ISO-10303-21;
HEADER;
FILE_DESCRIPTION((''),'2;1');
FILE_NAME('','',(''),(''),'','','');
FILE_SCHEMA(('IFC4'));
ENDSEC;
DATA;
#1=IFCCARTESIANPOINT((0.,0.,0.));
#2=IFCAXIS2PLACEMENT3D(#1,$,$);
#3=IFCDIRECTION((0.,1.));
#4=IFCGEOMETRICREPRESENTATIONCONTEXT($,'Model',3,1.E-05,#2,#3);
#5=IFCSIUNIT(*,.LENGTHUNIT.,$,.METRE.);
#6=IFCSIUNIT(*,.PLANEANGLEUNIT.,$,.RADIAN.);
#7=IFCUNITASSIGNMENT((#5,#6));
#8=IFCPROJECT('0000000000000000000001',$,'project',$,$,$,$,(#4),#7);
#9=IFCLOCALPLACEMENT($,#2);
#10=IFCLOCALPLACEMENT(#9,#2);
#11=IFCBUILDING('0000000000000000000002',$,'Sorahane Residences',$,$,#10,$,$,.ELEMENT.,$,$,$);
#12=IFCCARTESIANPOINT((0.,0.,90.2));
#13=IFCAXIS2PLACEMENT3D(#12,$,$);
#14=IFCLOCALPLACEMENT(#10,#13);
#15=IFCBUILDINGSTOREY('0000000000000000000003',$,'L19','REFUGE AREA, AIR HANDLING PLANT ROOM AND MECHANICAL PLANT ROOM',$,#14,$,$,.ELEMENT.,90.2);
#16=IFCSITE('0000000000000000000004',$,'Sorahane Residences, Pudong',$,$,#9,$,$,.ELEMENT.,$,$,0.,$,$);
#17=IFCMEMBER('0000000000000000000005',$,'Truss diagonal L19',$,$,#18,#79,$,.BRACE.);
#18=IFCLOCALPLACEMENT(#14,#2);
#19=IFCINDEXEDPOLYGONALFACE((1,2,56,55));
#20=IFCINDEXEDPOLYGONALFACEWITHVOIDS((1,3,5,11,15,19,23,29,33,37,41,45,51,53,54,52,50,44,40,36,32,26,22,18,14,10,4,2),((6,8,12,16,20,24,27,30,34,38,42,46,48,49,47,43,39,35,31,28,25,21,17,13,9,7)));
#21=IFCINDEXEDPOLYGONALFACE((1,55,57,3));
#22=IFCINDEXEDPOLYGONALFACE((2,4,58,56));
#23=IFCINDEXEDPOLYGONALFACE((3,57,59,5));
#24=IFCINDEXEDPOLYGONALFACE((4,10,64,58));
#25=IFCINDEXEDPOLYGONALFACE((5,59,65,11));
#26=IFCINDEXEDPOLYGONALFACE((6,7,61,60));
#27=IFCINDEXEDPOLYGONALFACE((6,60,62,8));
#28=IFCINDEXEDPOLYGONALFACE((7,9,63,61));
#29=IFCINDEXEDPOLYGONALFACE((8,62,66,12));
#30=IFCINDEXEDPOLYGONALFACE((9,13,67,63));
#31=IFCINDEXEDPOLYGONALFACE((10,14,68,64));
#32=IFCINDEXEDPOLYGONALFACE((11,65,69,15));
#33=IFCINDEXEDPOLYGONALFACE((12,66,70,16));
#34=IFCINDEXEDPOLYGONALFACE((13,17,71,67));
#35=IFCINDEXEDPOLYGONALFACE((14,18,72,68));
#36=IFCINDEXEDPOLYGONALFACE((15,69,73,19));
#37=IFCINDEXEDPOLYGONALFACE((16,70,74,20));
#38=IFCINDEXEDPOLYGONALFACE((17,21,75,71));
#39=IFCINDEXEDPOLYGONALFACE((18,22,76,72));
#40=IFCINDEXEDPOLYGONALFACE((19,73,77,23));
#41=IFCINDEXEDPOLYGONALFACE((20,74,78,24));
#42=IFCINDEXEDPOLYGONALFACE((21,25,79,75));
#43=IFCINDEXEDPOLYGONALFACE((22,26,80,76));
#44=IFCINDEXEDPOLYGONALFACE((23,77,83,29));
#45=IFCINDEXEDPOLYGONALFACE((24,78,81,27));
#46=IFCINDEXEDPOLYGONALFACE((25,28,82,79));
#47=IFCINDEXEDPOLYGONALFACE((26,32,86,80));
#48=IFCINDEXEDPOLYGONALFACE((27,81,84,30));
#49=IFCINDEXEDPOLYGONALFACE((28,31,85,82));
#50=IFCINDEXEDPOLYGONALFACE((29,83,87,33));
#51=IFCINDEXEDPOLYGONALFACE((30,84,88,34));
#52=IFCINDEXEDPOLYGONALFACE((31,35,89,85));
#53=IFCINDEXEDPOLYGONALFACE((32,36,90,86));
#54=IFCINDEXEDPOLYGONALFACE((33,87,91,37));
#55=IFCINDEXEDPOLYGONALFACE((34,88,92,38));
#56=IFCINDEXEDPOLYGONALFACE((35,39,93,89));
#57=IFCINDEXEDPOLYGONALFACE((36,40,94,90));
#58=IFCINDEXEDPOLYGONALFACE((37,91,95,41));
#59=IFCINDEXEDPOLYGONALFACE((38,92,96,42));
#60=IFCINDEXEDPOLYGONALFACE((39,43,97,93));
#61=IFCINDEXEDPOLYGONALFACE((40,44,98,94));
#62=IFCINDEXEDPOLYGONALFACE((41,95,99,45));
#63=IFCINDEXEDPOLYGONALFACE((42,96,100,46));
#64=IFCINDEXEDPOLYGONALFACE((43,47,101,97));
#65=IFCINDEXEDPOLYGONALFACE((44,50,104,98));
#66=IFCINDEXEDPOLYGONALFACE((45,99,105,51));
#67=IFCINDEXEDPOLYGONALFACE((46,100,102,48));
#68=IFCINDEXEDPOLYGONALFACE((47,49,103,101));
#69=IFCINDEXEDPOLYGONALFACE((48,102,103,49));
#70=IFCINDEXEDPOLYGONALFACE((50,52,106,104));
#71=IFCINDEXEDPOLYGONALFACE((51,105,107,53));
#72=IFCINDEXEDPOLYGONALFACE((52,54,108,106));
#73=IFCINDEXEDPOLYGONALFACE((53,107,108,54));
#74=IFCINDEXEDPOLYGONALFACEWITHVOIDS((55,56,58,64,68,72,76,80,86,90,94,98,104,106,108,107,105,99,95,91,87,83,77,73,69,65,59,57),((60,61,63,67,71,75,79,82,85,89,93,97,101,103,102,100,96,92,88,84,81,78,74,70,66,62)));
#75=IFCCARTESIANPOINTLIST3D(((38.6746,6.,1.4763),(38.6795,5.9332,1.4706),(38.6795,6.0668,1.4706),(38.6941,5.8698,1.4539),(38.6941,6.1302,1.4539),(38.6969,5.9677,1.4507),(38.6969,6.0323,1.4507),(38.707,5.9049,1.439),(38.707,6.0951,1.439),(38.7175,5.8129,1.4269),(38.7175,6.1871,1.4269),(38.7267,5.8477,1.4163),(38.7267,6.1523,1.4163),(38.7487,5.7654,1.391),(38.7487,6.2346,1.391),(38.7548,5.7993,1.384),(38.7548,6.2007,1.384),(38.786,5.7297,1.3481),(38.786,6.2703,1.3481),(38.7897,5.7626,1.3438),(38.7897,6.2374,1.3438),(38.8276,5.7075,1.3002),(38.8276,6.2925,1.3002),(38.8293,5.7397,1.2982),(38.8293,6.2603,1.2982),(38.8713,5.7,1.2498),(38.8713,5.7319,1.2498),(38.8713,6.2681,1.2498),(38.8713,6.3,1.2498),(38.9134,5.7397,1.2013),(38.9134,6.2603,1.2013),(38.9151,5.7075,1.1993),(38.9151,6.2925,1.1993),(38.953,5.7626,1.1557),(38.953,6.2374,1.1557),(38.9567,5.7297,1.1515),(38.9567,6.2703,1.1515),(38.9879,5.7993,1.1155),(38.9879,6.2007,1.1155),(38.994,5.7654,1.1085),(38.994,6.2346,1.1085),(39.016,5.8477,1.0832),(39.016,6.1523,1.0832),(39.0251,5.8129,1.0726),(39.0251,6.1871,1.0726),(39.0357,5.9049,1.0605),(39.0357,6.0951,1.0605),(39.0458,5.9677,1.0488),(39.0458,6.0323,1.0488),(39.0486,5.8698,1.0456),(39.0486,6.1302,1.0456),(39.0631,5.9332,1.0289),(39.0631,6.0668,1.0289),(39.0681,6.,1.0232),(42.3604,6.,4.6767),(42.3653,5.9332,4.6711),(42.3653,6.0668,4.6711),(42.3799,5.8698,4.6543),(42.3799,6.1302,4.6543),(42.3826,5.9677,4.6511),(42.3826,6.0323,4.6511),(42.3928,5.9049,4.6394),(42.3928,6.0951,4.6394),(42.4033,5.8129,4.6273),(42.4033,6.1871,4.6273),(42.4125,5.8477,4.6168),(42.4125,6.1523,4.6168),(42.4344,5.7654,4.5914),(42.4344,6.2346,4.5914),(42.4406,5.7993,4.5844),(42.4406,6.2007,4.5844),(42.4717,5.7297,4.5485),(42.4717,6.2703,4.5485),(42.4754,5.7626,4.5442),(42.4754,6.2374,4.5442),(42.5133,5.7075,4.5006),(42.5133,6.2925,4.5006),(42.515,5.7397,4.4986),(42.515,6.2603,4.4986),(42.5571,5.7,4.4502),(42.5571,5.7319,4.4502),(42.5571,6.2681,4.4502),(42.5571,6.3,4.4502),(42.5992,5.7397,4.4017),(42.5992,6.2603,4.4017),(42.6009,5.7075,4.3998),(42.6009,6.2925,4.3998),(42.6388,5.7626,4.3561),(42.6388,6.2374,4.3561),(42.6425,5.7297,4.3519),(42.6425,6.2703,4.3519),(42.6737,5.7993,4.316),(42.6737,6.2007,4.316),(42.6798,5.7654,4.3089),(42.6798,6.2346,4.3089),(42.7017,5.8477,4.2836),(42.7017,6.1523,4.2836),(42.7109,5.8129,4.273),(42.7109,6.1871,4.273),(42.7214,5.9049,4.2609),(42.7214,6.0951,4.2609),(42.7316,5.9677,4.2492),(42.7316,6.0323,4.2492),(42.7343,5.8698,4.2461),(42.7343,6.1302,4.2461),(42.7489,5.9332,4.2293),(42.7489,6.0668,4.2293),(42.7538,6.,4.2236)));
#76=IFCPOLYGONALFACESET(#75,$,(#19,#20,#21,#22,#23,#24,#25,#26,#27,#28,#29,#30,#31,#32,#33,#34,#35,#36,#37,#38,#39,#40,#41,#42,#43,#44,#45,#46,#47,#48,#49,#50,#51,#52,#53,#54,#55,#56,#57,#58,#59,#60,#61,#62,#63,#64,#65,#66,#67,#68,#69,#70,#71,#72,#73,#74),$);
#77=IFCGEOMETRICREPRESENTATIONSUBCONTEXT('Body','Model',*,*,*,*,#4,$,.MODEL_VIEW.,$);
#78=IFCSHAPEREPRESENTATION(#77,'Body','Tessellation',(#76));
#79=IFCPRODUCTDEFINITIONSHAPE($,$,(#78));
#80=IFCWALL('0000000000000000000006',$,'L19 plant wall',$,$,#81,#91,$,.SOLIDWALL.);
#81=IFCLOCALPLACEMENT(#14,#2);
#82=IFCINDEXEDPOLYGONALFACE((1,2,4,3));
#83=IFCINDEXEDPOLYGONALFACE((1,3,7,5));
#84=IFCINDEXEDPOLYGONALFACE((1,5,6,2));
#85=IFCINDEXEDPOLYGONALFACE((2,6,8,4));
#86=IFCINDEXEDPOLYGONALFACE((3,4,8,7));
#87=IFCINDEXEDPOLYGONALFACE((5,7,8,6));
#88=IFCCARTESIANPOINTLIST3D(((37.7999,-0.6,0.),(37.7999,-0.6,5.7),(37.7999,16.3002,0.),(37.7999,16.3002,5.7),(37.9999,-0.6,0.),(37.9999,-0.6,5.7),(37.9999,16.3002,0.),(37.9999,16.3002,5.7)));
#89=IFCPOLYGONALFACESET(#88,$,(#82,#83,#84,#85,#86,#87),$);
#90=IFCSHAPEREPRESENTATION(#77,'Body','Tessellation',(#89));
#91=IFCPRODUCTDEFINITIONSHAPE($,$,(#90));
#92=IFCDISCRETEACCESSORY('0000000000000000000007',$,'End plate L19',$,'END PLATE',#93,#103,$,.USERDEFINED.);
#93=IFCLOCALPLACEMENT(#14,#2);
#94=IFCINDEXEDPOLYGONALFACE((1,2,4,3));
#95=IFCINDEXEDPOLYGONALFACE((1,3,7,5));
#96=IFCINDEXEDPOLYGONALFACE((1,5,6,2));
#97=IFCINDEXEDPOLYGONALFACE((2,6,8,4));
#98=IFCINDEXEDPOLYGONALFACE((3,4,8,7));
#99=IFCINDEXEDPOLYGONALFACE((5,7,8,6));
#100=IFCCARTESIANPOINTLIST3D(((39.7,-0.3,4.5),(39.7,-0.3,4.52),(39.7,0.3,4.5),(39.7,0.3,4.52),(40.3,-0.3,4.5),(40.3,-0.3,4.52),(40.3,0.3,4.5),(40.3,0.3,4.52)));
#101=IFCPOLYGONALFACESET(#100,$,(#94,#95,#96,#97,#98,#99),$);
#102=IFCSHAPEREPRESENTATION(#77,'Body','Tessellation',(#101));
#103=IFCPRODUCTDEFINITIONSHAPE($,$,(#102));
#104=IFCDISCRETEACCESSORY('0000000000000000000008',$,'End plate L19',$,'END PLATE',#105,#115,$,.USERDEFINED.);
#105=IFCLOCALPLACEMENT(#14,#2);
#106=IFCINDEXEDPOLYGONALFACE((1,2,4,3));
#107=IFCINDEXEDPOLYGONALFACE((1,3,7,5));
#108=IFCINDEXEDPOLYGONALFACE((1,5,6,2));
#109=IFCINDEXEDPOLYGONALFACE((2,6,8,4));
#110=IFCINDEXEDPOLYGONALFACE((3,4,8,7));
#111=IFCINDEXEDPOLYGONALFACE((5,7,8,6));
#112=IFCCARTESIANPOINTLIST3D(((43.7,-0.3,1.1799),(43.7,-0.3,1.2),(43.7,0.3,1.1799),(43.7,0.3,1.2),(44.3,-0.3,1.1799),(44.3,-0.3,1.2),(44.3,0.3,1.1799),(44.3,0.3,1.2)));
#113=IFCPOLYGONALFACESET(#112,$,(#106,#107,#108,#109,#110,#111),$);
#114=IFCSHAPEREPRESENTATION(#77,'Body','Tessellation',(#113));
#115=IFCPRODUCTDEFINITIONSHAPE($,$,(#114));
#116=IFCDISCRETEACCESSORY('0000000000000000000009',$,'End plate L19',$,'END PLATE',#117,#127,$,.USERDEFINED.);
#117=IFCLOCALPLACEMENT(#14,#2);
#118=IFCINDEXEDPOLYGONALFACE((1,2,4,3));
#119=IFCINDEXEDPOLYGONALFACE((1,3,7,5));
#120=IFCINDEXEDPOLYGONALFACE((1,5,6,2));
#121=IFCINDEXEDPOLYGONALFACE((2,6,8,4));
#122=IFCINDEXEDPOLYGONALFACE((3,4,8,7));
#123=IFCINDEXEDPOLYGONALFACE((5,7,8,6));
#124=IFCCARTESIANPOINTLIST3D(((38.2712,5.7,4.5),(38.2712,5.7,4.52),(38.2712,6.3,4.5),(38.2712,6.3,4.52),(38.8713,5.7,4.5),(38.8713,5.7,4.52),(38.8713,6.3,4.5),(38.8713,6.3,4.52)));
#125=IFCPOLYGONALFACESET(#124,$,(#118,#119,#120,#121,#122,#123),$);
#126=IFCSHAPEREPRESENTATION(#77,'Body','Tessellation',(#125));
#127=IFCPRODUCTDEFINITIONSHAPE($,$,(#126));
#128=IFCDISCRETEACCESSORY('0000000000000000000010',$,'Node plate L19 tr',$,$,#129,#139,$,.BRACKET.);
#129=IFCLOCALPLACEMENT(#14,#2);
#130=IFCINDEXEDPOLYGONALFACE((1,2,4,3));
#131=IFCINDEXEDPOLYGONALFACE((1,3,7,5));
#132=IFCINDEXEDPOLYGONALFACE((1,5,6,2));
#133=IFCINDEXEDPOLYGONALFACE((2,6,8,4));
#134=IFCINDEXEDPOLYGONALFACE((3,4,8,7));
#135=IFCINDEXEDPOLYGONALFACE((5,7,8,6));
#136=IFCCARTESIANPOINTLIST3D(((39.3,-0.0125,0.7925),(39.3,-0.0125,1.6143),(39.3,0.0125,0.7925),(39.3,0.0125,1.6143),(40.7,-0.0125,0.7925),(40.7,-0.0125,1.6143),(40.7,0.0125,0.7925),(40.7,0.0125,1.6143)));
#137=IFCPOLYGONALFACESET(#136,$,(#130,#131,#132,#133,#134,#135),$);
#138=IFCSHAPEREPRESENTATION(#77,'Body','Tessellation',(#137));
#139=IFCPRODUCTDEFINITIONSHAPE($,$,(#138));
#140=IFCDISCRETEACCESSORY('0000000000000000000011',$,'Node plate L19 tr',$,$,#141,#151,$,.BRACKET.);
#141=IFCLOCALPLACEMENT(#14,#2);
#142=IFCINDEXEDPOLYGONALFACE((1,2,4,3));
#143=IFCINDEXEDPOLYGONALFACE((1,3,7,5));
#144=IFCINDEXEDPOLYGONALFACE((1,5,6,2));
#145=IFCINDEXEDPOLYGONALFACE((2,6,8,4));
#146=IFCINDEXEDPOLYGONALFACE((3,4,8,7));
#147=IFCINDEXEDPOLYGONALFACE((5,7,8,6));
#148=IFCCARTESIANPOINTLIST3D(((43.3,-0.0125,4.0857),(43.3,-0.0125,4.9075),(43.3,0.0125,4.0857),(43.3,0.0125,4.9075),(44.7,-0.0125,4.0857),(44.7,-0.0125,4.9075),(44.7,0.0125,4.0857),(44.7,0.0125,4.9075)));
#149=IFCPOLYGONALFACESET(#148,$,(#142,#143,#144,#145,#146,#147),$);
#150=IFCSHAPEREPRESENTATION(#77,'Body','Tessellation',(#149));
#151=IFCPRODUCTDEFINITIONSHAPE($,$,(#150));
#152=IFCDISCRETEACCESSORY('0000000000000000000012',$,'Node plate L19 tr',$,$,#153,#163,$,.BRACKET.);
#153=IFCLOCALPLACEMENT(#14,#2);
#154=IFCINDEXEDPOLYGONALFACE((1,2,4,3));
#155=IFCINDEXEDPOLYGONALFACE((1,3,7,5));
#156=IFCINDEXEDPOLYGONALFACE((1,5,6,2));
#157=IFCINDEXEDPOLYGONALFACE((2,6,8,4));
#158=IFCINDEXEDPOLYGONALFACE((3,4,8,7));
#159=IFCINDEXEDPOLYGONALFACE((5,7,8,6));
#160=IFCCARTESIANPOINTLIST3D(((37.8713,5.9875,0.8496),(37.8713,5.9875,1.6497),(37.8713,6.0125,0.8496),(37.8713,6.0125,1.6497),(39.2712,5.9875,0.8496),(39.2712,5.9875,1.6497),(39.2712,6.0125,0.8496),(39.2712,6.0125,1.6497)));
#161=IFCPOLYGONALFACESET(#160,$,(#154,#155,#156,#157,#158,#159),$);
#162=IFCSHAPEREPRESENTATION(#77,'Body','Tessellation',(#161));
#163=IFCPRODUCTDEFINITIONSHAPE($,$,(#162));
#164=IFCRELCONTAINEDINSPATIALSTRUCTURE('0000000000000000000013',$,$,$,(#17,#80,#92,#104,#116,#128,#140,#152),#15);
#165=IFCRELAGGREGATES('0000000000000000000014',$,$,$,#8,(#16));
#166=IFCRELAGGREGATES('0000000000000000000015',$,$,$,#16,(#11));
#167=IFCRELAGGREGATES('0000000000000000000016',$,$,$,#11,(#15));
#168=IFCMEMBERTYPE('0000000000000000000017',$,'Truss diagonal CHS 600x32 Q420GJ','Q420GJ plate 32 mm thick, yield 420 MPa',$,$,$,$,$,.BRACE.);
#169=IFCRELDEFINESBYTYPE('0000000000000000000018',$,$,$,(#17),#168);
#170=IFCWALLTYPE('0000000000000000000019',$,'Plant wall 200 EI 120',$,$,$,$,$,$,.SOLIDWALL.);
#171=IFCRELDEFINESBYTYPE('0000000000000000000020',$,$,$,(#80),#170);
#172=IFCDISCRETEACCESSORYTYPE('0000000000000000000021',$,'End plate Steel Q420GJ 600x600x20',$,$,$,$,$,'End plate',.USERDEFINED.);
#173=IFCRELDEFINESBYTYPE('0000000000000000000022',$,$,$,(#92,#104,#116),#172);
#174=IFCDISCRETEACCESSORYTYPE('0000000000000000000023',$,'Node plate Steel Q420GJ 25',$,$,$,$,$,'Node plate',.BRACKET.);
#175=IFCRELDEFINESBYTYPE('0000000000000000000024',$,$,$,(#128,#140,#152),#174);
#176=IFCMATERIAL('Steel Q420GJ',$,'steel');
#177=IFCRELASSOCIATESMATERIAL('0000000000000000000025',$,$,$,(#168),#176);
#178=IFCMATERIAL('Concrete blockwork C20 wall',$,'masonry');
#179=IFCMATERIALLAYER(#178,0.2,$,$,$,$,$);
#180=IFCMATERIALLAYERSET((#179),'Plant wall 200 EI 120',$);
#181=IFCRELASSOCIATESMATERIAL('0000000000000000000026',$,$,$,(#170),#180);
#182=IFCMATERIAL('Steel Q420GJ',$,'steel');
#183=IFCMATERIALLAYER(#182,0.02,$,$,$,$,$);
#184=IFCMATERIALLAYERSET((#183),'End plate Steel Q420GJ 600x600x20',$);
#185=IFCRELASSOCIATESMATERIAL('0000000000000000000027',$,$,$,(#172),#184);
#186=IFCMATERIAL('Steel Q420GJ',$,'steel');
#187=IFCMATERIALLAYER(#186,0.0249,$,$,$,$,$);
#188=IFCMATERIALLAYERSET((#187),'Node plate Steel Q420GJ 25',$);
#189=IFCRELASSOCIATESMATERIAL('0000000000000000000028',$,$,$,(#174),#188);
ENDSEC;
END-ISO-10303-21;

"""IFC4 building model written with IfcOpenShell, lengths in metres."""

from ifc_helpers import new_model, si_unit, direction, frame, frame_2d, origin, origin_2d, place, context, subcontext, project, spatial, rectangle, hollow_circle, extrude, material, layer, layer_set, material_profile, profile_set, type_object, element, save


model = new_model("IFC4")

# Units and contexts
model_context = context("Model", 3, precision=1e-05, world=origin(), true_north=direction((0.0, 1.0)))
body_context = subcontext(model_context, "Body", "Model", "MODEL_VIEW")
ifc_project = project(units=[si_unit("LENGTHUNIT", "METRE"), si_unit("PLANEANGLEUNIT", "RADIAN")], contexts=[model_context])

# Site, building, storey
site_placement = place(None, origin())
site = spatial("IfcSite", under=ifc_project, at=site_placement, Name="Sorahane Residences, Pudong", CompositionType="ELEMENT", RefElevation=0.0)
building_placement = place(site_placement, origin())
building = spatial("IfcBuilding", under=site, at=building_placement, Name="Sorahane Residences", CompositionType="ELEMENT")
storey_placement = place(building_placement, frame((0.0, 0.0, 90.2)))
storey = spatial("IfcBuildingStorey", under=building, at=storey_placement, Name="L19", Description="REFUGE AREA, AIR HANDLING PLANT ROOM AND MECHANICAL PLANT ROOM", CompositionType="ELEMENT", Elevation=90.2)

# Member
ifc_material_1 = material(Name="Steel Q420GJ", Category="steel")
ifc_material_profile_1 = material_profile(ifc_material_1, hollow_circle(Radius=0.3, WallThickness=0.032, at=origin_2d()), Name="CHS 600x32")
ifc_profile_set_1 = profile_set([ifc_material_profile_1], Name="Steel Q420GJ")
member_type = type_object("IfcMemberType", Name="Truss diagonal CHS 600x32 Q420GJ", Description="Q420GJ plate 32 mm thick, yield 420 MPa", PredefinedType="BRACE", material=ifc_profile_set_1)
member_1_placement = place(storey_placement, frame((38.8713, 6.0, 1.2498), z_axis=(0.755072, 0.0, 0.655642), x_axis=(0.0, 1.0, 0.0)))
element("IfcMember", 1, at=member_1_placement, inside=storey, type_object=member_type, Name="Truss diagonal L19", PredefinedType="BRACE", context=body_context, shape_type="SweptSolid", body=[
    extrude(hollow_circle(Radius=0.3, WallThickness=0.032, at=origin_2d()), origin(), (0.0, 0.0, 1.0), 4.8813),
])

# Wall
ifc_material_2 = material(Name="Concrete blockwork C20 wall", Category="masonry")
ifc_layer_1 = layer(ifc_material_2, 0.2)
ifc_layer_set_1 = layer_set([ifc_layer_1], Name="Plant wall 200 EI 120")
wall_type = type_object("IfcWallType", Name="Plant wall 200 EI 120", PredefinedType="SOLIDWALL", material=ifc_layer_set_1)
wall_placement = place(storey_placement, frame((37.8999, -0.6001, 0.0), z_axis=(0.0, 0.0, 1.0), x_axis=(0.0, 1.0, 0.0)))
element("IfcWall", 2, at=wall_placement, inside=storey, type_object=wall_type, Name="L19 plant wall", PredefinedType="SOLIDWALL", context=body_context, shape_type="SweptSolid", body=[
    extrude(rectangle(XDim=16.9001, YDim=0.2, at=frame_2d((8.4502, 0.0))), origin(), (0.0, 0.0, 1.0), 5.7),
])

# Discrete accessories
ifc_material_3 = material(Name="Steel Q420GJ", Category="steel")
ifc_layer_2 = layer(ifc_material_3, 0.02)
ifc_layer_set_2 = layer_set([ifc_layer_2], Name="End plate Steel Q420GJ 600x600x20")
discrete_accessory_type_1 = type_object("IfcDiscreteAccessoryType", Name="End plate Steel Q420GJ 600x600x20", ElementType="End plate", PredefinedType="USERDEFINED", material=ifc_layer_set_2)
for number, where, z_axis, x_axis, name in (
    (3, (40.0, 0.0, 4.5), (0.0, 0.0, 1.0), (1.0, 0.0, 0.0), "End plate L19"),
    (4, (44.0, 0.0, 1.1799), (0.0, 0.0, 1.0), (1.0, 0.0, 0.0), "End plate L19"),
    (5, (38.5713, 6.0, 4.5), (0.0, 0.0, 1.0), (1.0, 0.0, 0.0), "End plate L19"),
):
    element("IfcDiscreteAccessory", number, at=place(storey_placement, frame(where, z_axis=z_axis, x_axis=x_axis)), inside=storey, type_object=discrete_accessory_type_1, Name=name, ObjectType="END PLATE", PredefinedType="USERDEFINED", context=body_context, shape_type="SweptSolid", body=[
        extrude(rectangle(XDim=0.6001, YDim=0.6001, at=origin_2d()), origin(), (0.0, 0.0, 1.0), 0.02),
    ])
ifc_material_4 = material(Name="Steel Q420GJ", Category="steel")
ifc_layer_3 = layer(ifc_material_4, 0.0249)
ifc_layer_set_3 = layer_set([ifc_layer_3], Name="Node plate Steel Q420GJ 25")
discrete_accessory_type_2 = type_object("IfcDiscreteAccessoryType", Name="Node plate Steel Q420GJ 25", ElementType="Node plate", PredefinedType="BRACKET", material=ifc_layer_set_3)
for number, where, z_axis, x_axis, name in (
    (6, (40.0, 0.0, 0.7925), (0.0, 0.0, 1.0), (1.0, 0.0, 0.0), "Node plate L19 tr"),
    (7, (44.0, 0.0, 4.0857), (0.0, 0.0, 1.0), (1.0, 0.0, 0.0), "Node plate L19 tr"),
):
    element("IfcDiscreteAccessory", number, at=place(storey_placement, frame(where, z_axis=z_axis, x_axis=x_axis)), inside=storey, type_object=discrete_accessory_type_2, Name=name, PredefinedType="BRACKET", context=body_context, shape_type="SweptSolid", body=[
        extrude(rectangle(XDim=1.3999, YDim=0.0249, at=origin_2d()), origin(), (0.0, 0.0, 1.0), 0.8218),
    ])
discrete_accessory_placement = place(storey_placement, frame((38.5713, 6.0, 0.8496), z_axis=(0.0, 0.0, 1.0), x_axis=(1.0, 0.0, 0.0)))
element("IfcDiscreteAccessory", 8, at=discrete_accessory_placement, inside=storey, type_object=discrete_accessory_type_2, Name="Node plate L19 tr", PredefinedType="BRACKET", context=body_context, shape_type="SweptSolid", body=[
    extrude(rectangle(XDim=1.3999, YDim=0.0249, at=origin_2d()), origin(), (0.0, 0.0, 1.0), 0.8),
])

save(model, "model.ifc")
